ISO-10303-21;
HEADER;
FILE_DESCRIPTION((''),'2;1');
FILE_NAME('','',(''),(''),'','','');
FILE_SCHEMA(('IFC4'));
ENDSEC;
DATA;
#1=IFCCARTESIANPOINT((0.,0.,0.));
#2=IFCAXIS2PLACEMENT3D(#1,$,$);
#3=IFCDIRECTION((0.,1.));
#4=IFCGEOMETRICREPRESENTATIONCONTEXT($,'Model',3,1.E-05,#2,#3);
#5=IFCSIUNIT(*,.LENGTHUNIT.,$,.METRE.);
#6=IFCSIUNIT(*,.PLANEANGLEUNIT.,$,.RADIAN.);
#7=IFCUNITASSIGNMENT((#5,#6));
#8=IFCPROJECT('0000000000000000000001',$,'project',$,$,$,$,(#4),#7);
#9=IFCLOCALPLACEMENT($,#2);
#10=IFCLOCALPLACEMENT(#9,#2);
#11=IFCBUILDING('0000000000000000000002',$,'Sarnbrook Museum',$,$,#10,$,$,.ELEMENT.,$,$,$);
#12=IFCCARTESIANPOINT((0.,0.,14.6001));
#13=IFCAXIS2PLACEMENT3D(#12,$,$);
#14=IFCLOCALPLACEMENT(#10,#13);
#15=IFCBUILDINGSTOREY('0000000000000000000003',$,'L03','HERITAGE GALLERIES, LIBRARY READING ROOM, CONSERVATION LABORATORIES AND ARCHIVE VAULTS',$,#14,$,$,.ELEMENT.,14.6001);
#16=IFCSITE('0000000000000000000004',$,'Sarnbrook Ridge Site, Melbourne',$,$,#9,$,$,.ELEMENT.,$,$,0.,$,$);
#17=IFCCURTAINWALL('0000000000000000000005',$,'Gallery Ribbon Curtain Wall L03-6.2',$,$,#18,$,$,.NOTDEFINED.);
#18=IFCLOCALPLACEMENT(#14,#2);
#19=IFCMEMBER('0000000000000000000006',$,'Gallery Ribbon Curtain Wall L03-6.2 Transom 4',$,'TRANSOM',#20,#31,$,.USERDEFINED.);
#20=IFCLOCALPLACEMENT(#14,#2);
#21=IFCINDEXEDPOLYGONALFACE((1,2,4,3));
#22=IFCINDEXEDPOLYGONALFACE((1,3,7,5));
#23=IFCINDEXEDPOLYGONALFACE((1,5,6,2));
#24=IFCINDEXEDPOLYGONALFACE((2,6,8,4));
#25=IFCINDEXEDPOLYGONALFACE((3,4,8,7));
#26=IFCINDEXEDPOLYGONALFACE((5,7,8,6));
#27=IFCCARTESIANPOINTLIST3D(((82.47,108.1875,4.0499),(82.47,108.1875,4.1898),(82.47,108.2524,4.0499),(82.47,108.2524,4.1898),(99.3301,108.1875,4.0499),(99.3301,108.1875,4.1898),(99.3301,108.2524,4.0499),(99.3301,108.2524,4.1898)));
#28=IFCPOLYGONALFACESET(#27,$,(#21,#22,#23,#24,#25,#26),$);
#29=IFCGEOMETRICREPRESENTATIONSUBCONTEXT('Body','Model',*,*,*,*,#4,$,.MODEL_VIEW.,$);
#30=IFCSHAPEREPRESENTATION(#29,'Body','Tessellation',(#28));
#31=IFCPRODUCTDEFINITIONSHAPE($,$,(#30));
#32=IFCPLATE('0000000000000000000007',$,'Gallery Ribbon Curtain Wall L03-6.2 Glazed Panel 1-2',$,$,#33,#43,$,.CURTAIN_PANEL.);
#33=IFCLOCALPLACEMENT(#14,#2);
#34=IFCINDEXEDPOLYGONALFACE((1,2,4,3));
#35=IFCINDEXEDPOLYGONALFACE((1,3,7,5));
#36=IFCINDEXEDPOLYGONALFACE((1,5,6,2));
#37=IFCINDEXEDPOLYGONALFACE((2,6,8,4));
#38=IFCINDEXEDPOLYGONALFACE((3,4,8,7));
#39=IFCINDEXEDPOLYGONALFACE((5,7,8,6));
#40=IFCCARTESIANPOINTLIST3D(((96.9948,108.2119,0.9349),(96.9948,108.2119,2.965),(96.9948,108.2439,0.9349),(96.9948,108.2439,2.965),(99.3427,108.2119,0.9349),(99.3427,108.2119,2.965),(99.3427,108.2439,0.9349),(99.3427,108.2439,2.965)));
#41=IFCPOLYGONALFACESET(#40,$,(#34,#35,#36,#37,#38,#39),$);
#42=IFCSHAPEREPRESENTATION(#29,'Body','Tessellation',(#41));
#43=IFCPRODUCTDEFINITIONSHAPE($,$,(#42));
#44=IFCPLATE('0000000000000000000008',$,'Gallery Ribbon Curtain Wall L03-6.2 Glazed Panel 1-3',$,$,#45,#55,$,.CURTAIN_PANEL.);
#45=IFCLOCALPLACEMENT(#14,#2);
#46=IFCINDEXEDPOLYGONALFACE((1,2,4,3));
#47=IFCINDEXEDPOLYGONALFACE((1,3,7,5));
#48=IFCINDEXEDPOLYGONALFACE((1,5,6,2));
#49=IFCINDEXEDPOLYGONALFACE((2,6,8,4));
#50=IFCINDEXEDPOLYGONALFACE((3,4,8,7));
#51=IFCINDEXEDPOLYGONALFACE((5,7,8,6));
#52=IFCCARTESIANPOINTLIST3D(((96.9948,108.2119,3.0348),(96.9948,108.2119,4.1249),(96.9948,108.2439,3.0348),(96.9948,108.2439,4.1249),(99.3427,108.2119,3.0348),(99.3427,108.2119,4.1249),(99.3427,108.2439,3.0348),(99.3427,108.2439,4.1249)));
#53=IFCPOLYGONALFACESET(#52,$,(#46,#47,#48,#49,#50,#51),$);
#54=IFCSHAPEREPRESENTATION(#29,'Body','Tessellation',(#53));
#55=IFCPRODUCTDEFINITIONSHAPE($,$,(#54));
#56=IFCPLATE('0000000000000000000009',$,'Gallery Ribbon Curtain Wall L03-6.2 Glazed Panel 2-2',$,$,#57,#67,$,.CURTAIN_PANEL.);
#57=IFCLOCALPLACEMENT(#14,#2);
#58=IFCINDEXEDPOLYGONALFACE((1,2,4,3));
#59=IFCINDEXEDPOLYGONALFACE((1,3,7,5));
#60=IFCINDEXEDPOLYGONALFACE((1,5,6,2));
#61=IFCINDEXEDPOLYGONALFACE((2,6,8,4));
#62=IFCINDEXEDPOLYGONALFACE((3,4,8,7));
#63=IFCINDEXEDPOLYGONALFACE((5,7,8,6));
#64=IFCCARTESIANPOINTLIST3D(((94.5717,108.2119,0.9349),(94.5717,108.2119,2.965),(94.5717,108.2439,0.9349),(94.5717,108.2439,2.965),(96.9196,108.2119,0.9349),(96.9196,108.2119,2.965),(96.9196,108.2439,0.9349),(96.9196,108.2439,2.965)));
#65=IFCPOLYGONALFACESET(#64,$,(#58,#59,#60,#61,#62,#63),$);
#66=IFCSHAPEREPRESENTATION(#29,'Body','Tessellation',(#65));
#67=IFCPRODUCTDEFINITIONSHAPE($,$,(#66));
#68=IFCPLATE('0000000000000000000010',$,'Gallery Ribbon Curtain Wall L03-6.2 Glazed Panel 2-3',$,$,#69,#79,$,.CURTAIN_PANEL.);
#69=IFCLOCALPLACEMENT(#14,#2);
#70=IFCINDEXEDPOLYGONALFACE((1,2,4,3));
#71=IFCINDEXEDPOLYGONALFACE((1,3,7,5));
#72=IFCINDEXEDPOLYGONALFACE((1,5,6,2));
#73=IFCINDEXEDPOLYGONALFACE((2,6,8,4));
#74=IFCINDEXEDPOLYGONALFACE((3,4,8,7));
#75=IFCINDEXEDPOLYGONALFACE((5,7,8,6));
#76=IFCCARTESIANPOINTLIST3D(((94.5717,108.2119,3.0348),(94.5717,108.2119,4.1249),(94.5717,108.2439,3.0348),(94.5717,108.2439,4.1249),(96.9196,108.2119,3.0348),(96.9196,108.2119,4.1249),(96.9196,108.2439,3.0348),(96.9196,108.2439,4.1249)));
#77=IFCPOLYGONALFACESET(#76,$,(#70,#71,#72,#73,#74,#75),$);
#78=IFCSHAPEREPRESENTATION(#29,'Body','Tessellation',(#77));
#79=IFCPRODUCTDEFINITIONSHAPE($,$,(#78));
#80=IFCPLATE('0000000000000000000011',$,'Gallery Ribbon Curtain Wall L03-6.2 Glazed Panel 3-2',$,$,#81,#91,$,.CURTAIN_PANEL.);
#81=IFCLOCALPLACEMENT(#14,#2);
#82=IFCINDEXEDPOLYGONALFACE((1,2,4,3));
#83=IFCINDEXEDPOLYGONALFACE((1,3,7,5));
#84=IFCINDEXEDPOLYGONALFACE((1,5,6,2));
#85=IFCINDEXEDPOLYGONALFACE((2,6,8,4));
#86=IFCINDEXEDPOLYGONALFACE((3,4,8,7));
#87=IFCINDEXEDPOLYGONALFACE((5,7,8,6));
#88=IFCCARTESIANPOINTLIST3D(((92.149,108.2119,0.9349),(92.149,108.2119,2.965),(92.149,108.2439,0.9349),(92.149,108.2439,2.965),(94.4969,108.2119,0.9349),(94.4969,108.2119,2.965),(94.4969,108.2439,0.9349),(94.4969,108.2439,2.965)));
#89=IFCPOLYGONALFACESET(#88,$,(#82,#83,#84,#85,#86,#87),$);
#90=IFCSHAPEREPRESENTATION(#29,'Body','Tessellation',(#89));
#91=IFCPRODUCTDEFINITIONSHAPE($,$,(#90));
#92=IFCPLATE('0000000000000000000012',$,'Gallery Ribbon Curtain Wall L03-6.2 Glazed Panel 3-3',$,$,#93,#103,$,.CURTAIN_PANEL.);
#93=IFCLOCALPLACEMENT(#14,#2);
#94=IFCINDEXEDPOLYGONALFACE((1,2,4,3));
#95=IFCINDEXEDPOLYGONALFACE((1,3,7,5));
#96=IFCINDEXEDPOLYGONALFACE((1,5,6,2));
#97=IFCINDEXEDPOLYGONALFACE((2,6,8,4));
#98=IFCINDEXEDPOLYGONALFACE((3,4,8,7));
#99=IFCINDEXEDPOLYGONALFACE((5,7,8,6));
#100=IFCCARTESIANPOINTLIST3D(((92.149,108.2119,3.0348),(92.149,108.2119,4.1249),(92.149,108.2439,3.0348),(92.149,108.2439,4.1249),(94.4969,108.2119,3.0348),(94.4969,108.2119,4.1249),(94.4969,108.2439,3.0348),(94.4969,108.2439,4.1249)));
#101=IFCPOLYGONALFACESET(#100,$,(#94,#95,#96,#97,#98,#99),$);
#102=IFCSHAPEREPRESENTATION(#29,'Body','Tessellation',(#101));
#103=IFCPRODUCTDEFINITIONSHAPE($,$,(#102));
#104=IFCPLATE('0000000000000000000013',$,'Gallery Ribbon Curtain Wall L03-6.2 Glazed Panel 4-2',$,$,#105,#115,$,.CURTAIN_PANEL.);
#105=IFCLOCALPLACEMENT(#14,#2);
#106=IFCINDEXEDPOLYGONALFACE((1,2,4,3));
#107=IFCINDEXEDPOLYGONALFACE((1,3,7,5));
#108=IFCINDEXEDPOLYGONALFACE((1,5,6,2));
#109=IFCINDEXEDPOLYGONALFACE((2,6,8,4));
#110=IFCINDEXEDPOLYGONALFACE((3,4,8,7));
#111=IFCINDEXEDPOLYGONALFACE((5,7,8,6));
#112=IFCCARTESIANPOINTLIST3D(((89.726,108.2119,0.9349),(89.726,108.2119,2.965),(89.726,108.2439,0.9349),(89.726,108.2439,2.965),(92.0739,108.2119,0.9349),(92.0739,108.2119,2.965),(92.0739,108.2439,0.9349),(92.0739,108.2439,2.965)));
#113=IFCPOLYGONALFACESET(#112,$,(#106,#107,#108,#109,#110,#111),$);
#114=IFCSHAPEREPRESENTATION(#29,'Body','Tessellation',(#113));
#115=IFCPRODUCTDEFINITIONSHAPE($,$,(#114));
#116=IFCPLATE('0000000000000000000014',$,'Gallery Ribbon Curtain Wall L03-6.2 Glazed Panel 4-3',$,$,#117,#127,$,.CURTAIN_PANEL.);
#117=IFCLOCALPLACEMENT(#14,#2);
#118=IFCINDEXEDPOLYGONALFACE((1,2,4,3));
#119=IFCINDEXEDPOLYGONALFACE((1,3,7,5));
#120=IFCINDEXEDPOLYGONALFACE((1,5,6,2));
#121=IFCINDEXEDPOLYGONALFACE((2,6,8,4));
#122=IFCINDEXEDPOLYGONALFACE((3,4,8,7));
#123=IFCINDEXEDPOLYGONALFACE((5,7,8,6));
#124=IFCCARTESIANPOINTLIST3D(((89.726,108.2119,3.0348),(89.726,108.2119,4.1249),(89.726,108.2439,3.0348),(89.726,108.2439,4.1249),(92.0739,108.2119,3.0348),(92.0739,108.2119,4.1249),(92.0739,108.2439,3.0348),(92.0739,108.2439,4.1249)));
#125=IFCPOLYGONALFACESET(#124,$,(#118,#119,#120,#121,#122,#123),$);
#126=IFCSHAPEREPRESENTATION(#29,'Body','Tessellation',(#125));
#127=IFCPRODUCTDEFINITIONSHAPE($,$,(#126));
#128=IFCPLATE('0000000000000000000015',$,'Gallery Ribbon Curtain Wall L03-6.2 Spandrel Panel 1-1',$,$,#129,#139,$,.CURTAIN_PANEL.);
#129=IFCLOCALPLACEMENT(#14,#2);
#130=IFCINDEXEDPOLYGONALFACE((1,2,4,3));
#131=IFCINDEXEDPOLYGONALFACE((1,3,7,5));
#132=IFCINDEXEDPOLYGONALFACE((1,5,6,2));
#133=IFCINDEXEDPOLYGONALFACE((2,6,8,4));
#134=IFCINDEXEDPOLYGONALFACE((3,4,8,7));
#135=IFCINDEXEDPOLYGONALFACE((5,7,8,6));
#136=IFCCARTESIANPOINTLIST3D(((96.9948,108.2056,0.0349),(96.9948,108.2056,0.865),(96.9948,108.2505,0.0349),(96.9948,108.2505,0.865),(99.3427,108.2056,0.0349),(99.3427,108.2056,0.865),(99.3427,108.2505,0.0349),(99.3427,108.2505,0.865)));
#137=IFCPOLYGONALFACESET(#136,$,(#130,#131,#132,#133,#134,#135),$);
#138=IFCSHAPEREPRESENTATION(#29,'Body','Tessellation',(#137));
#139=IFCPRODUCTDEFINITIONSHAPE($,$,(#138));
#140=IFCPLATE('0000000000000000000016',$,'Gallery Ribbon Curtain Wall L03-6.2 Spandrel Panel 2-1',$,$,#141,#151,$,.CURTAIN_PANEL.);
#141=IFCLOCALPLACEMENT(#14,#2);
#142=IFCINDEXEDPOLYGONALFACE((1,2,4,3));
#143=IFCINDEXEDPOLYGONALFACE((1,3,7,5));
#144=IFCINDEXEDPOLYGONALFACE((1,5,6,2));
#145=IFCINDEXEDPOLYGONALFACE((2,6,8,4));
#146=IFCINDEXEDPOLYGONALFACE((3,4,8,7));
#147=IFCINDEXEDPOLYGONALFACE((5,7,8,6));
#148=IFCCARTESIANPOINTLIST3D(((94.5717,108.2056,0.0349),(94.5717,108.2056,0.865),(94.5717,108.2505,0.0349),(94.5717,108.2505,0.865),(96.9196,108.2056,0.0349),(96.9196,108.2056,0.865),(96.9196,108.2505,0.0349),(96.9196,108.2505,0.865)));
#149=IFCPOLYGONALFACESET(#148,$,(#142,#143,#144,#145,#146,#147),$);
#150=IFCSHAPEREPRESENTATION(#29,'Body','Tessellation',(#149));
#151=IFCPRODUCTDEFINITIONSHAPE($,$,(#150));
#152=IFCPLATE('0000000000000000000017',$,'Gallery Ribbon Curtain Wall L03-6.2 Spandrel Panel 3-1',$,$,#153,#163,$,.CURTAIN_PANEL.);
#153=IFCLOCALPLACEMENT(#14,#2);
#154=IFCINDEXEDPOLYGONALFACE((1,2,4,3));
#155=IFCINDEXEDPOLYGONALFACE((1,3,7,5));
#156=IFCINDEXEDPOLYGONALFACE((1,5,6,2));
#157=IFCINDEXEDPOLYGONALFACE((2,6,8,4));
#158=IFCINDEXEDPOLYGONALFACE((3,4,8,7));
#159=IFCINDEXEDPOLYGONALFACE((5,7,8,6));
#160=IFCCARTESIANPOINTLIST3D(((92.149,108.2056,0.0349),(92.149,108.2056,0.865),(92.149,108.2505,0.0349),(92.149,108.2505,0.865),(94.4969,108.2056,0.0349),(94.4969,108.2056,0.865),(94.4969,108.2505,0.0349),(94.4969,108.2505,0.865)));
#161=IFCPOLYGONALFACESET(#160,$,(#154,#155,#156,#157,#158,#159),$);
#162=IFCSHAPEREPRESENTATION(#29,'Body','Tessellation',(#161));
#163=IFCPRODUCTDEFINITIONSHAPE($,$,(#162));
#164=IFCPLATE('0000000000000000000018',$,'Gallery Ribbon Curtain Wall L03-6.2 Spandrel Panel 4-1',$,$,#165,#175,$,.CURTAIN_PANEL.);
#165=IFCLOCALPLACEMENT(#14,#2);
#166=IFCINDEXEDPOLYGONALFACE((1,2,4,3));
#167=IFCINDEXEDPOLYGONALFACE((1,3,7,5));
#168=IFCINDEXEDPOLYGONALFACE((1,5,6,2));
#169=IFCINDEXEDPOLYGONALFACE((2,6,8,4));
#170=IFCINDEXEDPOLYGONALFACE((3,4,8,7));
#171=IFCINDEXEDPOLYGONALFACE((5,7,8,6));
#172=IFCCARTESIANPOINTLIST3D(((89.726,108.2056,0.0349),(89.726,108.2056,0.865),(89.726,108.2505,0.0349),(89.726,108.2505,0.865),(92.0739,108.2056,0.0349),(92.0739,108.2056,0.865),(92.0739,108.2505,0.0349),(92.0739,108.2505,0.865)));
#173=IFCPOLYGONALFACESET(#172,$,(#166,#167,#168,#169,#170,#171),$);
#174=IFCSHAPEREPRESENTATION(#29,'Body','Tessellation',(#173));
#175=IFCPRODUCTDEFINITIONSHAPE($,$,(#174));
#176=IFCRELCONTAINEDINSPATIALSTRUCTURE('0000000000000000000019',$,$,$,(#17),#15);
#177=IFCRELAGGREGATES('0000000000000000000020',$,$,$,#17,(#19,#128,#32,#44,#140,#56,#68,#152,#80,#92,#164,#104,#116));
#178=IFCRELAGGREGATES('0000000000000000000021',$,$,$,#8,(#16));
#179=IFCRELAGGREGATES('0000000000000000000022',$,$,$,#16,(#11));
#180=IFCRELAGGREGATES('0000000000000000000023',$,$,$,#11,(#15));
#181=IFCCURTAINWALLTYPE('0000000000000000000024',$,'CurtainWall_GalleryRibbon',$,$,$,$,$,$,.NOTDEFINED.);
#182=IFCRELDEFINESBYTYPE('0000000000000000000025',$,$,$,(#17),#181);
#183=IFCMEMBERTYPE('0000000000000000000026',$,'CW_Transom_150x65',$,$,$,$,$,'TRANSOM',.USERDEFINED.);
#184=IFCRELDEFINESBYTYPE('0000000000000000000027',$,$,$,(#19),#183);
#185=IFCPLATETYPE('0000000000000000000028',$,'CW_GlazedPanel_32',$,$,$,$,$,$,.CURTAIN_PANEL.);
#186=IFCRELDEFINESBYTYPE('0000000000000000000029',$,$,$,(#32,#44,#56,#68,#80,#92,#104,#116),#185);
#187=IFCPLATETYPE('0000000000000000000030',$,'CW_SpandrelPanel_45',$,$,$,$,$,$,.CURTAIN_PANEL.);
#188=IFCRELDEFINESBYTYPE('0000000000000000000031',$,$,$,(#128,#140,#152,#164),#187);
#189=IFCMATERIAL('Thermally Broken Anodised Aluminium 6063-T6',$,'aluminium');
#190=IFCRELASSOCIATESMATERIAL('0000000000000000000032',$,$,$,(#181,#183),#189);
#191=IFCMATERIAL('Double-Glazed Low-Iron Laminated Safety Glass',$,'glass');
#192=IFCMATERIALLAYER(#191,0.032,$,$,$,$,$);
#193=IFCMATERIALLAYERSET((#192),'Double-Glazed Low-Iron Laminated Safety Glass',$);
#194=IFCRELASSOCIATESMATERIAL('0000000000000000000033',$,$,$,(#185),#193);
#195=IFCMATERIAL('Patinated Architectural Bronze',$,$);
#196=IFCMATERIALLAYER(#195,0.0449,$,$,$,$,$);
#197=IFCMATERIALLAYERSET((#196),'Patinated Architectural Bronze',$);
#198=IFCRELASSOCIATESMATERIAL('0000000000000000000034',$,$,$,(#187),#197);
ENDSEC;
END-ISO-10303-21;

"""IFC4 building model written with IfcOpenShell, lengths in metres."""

from ifc_helpers import new_model, si_unit, direction, frame, origin, origin_2d, place, context, subcontext, project, spatial, rectangle, extrude, material, layer, layer_set, material_profile, profile_set, type_object, element, aggregate, save


model = new_model("IFC4")

# Units and contexts
model_context = context("Model", 3, precision=1e-05, world=origin(), true_north=direction((0.0, 1.0)))
body_context = subcontext(model_context, "Body", "Model", "MODEL_VIEW")
ifc_project = project(units=[si_unit("LENGTHUNIT", "METRE"), si_unit("PLANEANGLEUNIT", "RADIAN")], contexts=[model_context])

# Site, building, storey
site_placement = place(None, origin())
site = spatial("IfcSite", under=ifc_project, at=site_placement, Name="Sarnbrook Ridge Site, Melbourne", CompositionType="ELEMENT", RefElevation=0.0)
building_placement = place(site_placement, origin())
building = spatial("IfcBuilding", under=site, at=building_placement, Name="Sarnbrook Museum", CompositionType="ELEMENT")
storey_placement = place(building_placement, frame((0.0, 0.0, 14.6001)))
storey = spatial("IfcBuildingStorey", under=building, at=storey_placement, Name="L03", Description="HERITAGE GALLERIES, LIBRARY READING ROOM, CONSERVATION LABORATORIES AND ARCHIVE VAULTS", CompositionType="ELEMENT", Elevation=14.6001)

# Curtain wall, member, plates
ifc_material_1 = material(Name="Thermally Broken Anodised Aluminium 6063-T6", Category="aluminium")
curtain_wall_type = type_object("IfcCurtainWallType", Name="CurtainWall_GalleryRibbon", PredefinedType="NOTDEFINED", material=ifc_material_1)
curtain_wall_placement = place(storey_placement, origin())
curtain_wall = element("IfcCurtainWall", 1, at=curtain_wall_placement, inside=storey, type_object=curtain_wall_type, Name="Gallery Ribbon Curtain Wall L03-6.2", PredefinedType="NOTDEFINED")
ifc_material_profile_1 = material_profile(ifc_material_1, rectangle(XDim=0.0649, YDim=0.1399, at=origin_2d()), Name="ALU TRANSOM 65x140")
ifc_profile_set_1 = profile_set([ifc_material_profile_1], Name="Thermally Broken Anodised Aluminium 6063-T6")
member_type_1 = type_object("IfcMemberType", Name="CW_Transom_150x65", ElementType="TRANSOM", PredefinedType="USERDEFINED", material=ifc_profile_set_1)
member_1_placement = place(storey_placement, frame((99.3301, 108.22, 4.1199), z_axis=(-1.0, 0.0, 0.0), x_axis=(0.0, -1.0, 0.0)))
member_1 = element("IfcMember", 2, at=member_1_placement, type_object=member_type_1, Name="Gallery Ribbon Curtain Wall L03-6.2 Transom 4", ObjectType="TRANSOM", PredefinedType="USERDEFINED", context=body_context, shape_type="SweptSolid", body=[
    extrude(rectangle(XDim=0.0649, YDim=0.1399, at=origin_2d()), origin(), (0.0, 0.0, 1.0), 16.8601),
])
ifc_material_2 = material(Name="Double-Glazed Low-Iron Laminated Safety Glass", Category="glass")
ifc_layer_1 = layer(ifc_material_2, 0.032)
ifc_layer_set_1 = layer_set([ifc_layer_1], Name="Double-Glazed Low-Iron Laminated Safety Glass")
plate_type_1 = type_object("IfcPlateType", Name="CW_GlazedPanel_32", PredefinedType="CURTAIN_PANEL", material=ifc_layer_set_1)
plate_1_placement = place(storey_placement, frame((98.1687, 108.2119, 1.95), z_axis=(0.0, 1.0, 0.0), x_axis=(-1.0, 0.0, 0.0)))
plate_1 = element("IfcPlate", 3, at=plate_1_placement, type_object=plate_type_1, Name="Gallery Ribbon Curtain Wall L03-6.2 Glazed Panel 1-2", PredefinedType="CURTAIN_PANEL", context=body_context, shape_type="SweptSolid", body=[
    extrude(rectangle(XDim=2.3479, YDim=2.03, at=origin_2d()), origin(), (0.0, 0.0, 1.0), 0.032),
])
plate_2_placement = place(storey_placement, frame((98.1687, 108.2119, 3.5798), z_axis=(0.0, 1.0, 0.0), x_axis=(-1.0, 0.0, 0.0)))
plate_2 = element("IfcPlate", 4, at=plate_2_placement, type_object=plate_type_1, Name="Gallery Ribbon Curtain Wall L03-6.2 Glazed Panel 1-3", PredefinedType="CURTAIN_PANEL", context=body_context, shape_type="SweptSolid", body=[
    extrude(rectangle(XDim=2.3479, YDim=1.0901, at=origin_2d()), origin(), (0.0, 0.0, 1.0), 0.032),
])
plate_3_placement = place(storey_placement, frame((95.7456, 108.2119, 1.95), z_axis=(0.0, 1.0, 0.0), x_axis=(-1.0, 0.0, 0.0)))
plate_3 = element("IfcPlate", 5, at=plate_3_placement, type_object=plate_type_1, Name="Gallery Ribbon Curtain Wall L03-6.2 Glazed Panel 2-2", PredefinedType="CURTAIN_PANEL", context=body_context, shape_type="SweptSolid", body=[
    extrude(rectangle(XDim=2.3479, YDim=2.03, at=origin_2d()), origin(), (0.0, 0.0, 1.0), 0.032),
])
plate_4_placement = place(storey_placement, frame((95.7456, 108.2119, 3.5798), z_axis=(0.0, 1.0, 0.0), x_axis=(-1.0, 0.0, 0.0)))
plate_4 = element("IfcPlate", 6, at=plate_4_placement, type_object=plate_type_1, Name="Gallery Ribbon Curtain Wall L03-6.2 Glazed Panel 2-3", PredefinedType="CURTAIN_PANEL", context=body_context, shape_type="SweptSolid", body=[
    extrude(rectangle(XDim=2.3479, YDim=1.0901, at=origin_2d()), origin(), (0.0, 0.0, 1.0), 0.032),
])
plate_5_placement = place(storey_placement, frame((93.323, 108.2119, 1.95), z_axis=(0.0, 1.0, 0.0), x_axis=(-1.0, 0.0, 0.0)))
plate_5 = element("IfcPlate", 7, at=plate_5_placement, type_object=plate_type_1, Name="Gallery Ribbon Curtain Wall L03-6.2 Glazed Panel 3-2", PredefinedType="CURTAIN_PANEL", context=body_context, shape_type="SweptSolid", body=[
    extrude(rectangle(XDim=2.3479, YDim=2.03, at=origin_2d()), origin(), (0.0, 0.0, 1.0), 0.032),
])
plate_6_placement = place(storey_placement, frame((93.323, 108.2119, 3.5798), z_axis=(0.0, 1.0, 0.0), x_axis=(-1.0, 0.0, 0.0)))
plate_6 = element("IfcPlate", 8, at=plate_6_placement, type_object=plate_type_1, Name="Gallery Ribbon Curtain Wall L03-6.2 Glazed Panel 3-3", PredefinedType="CURTAIN_PANEL", context=body_context, shape_type="SweptSolid", body=[
    extrude(rectangle(XDim=2.3479, YDim=1.0901, at=origin_2d()), origin(), (0.0, 0.0, 1.0), 0.032),
])
plate_7_placement = place(storey_placement, frame((90.8999, 108.2119, 1.95), z_axis=(0.0, 1.0, 0.0), x_axis=(-1.0, 0.0, 0.0)))
plate_7 = element("IfcPlate", 9, at=plate_7_placement, type_object=plate_type_1, Name="Gallery Ribbon Curtain Wall L03-6.2 Glazed Panel 4-2", PredefinedType="CURTAIN_PANEL", context=body_context, shape_type="SweptSolid", body=[
    extrude(rectangle(XDim=2.3479, YDim=2.03, at=origin_2d()), origin(), (0.0, 0.0, 1.0), 0.032),
])
plate_8_placement = place(storey_placement, frame((90.8999, 108.2119, 3.5798), z_axis=(0.0, 1.0, 0.0), x_axis=(-1.0, 0.0, 0.0)))
plate_8 = element("IfcPlate", 10, at=plate_8_placement, type_object=plate_type_1, Name="Gallery Ribbon Curtain Wall L03-6.2 Glazed Panel 4-3", PredefinedType="CURTAIN_PANEL", context=body_context, shape_type="SweptSolid", body=[
    extrude(rectangle(XDim=2.3479, YDim=1.0901, at=origin_2d()), origin(), (0.0, 0.0, 1.0), 0.032),
])
ifc_material_3 = material(Name="Patinated Architectural Bronze")
ifc_layer_2 = layer(ifc_material_3, 0.0449)
ifc_layer_set_2 = layer_set([ifc_layer_2], Name="Patinated Architectural Bronze")
plate_type_2 = type_object("IfcPlateType", Name="CW_SpandrelPanel_45", PredefinedType="CURTAIN_PANEL", material=ifc_layer_set_2)
plate_9_placement = place(storey_placement, frame((98.1687, 108.2056, 0.45), z_axis=(0.0, 1.0, 0.0), x_axis=(-1.0, 0.0, 0.0)))
plate_9 = element("IfcPlate", 11, at=plate_9_placement, type_object=plate_type_2, Name="Gallery Ribbon Curtain Wall L03-6.2 Spandrel Panel 1-1", PredefinedType="CURTAIN_PANEL", context=body_context, shape_type="SweptSolid", body=[
    extrude(rectangle(XDim=2.3479, YDim=0.8301, at=origin_2d()), origin(), (0.0, 0.0, 1.0), 0.0449),
])
plate_10_placement = place(storey_placement, frame((95.7456, 108.2056, 0.45), z_axis=(0.0, 1.0, 0.0), x_axis=(-1.0, 0.0, 0.0)))
plate_10 = element("IfcPlate", 12, at=plate_10_placement, type_object=plate_type_2, Name="Gallery Ribbon Curtain Wall L03-6.2 Spandrel Panel 2-1", PredefinedType="CURTAIN_PANEL", context=body_context, shape_type="SweptSolid", body=[
    extrude(rectangle(XDim=2.3479, YDim=0.8301, at=origin_2d()), origin(), (0.0, 0.0, 1.0), 0.0449),
])
plate_11_placement = place(storey_placement, frame((93.323, 108.2056, 0.45), z_axis=(0.0, 1.0, 0.0), x_axis=(-1.0, 0.0, 0.0)))
plate_11 = element("IfcPlate", 13, at=plate_11_placement, type_object=plate_type_2, Name="Gallery Ribbon Curtain Wall L03-6.2 Spandrel Panel 3-1", PredefinedType="CURTAIN_PANEL", context=body_context, shape_type="SweptSolid", body=[
    extrude(rectangle(XDim=2.3479, YDim=0.8301, at=origin_2d()), origin(), (0.0, 0.0, 1.0), 0.0449),
])
plate_12_placement = place(storey_placement, frame((90.8999, 108.2056, 0.45), z_axis=(0.0, 1.0, 0.0), x_axis=(-1.0, 0.0, 0.0)))
plate_12 = element("IfcPlate", 14, at=plate_12_placement, type_object=plate_type_2, Name="Gallery Ribbon Curtain Wall L03-6.2 Spandrel Panel 4-1", PredefinedType="CURTAIN_PANEL", context=body_context, shape_type="SweptSolid", body=[
    extrude(rectangle(XDim=2.3479, YDim=0.8301, at=origin_2d()), origin(), (0.0, 0.0, 1.0), 0.0449),
])
aggregate(curtain_wall, [member_1, plate_9, plate_1, plate_2, plate_10, plate_3, plate_4, plate_11, plate_5, plate_6, plate_12, plate_7, plate_8])

save(model, "model.ifc")
